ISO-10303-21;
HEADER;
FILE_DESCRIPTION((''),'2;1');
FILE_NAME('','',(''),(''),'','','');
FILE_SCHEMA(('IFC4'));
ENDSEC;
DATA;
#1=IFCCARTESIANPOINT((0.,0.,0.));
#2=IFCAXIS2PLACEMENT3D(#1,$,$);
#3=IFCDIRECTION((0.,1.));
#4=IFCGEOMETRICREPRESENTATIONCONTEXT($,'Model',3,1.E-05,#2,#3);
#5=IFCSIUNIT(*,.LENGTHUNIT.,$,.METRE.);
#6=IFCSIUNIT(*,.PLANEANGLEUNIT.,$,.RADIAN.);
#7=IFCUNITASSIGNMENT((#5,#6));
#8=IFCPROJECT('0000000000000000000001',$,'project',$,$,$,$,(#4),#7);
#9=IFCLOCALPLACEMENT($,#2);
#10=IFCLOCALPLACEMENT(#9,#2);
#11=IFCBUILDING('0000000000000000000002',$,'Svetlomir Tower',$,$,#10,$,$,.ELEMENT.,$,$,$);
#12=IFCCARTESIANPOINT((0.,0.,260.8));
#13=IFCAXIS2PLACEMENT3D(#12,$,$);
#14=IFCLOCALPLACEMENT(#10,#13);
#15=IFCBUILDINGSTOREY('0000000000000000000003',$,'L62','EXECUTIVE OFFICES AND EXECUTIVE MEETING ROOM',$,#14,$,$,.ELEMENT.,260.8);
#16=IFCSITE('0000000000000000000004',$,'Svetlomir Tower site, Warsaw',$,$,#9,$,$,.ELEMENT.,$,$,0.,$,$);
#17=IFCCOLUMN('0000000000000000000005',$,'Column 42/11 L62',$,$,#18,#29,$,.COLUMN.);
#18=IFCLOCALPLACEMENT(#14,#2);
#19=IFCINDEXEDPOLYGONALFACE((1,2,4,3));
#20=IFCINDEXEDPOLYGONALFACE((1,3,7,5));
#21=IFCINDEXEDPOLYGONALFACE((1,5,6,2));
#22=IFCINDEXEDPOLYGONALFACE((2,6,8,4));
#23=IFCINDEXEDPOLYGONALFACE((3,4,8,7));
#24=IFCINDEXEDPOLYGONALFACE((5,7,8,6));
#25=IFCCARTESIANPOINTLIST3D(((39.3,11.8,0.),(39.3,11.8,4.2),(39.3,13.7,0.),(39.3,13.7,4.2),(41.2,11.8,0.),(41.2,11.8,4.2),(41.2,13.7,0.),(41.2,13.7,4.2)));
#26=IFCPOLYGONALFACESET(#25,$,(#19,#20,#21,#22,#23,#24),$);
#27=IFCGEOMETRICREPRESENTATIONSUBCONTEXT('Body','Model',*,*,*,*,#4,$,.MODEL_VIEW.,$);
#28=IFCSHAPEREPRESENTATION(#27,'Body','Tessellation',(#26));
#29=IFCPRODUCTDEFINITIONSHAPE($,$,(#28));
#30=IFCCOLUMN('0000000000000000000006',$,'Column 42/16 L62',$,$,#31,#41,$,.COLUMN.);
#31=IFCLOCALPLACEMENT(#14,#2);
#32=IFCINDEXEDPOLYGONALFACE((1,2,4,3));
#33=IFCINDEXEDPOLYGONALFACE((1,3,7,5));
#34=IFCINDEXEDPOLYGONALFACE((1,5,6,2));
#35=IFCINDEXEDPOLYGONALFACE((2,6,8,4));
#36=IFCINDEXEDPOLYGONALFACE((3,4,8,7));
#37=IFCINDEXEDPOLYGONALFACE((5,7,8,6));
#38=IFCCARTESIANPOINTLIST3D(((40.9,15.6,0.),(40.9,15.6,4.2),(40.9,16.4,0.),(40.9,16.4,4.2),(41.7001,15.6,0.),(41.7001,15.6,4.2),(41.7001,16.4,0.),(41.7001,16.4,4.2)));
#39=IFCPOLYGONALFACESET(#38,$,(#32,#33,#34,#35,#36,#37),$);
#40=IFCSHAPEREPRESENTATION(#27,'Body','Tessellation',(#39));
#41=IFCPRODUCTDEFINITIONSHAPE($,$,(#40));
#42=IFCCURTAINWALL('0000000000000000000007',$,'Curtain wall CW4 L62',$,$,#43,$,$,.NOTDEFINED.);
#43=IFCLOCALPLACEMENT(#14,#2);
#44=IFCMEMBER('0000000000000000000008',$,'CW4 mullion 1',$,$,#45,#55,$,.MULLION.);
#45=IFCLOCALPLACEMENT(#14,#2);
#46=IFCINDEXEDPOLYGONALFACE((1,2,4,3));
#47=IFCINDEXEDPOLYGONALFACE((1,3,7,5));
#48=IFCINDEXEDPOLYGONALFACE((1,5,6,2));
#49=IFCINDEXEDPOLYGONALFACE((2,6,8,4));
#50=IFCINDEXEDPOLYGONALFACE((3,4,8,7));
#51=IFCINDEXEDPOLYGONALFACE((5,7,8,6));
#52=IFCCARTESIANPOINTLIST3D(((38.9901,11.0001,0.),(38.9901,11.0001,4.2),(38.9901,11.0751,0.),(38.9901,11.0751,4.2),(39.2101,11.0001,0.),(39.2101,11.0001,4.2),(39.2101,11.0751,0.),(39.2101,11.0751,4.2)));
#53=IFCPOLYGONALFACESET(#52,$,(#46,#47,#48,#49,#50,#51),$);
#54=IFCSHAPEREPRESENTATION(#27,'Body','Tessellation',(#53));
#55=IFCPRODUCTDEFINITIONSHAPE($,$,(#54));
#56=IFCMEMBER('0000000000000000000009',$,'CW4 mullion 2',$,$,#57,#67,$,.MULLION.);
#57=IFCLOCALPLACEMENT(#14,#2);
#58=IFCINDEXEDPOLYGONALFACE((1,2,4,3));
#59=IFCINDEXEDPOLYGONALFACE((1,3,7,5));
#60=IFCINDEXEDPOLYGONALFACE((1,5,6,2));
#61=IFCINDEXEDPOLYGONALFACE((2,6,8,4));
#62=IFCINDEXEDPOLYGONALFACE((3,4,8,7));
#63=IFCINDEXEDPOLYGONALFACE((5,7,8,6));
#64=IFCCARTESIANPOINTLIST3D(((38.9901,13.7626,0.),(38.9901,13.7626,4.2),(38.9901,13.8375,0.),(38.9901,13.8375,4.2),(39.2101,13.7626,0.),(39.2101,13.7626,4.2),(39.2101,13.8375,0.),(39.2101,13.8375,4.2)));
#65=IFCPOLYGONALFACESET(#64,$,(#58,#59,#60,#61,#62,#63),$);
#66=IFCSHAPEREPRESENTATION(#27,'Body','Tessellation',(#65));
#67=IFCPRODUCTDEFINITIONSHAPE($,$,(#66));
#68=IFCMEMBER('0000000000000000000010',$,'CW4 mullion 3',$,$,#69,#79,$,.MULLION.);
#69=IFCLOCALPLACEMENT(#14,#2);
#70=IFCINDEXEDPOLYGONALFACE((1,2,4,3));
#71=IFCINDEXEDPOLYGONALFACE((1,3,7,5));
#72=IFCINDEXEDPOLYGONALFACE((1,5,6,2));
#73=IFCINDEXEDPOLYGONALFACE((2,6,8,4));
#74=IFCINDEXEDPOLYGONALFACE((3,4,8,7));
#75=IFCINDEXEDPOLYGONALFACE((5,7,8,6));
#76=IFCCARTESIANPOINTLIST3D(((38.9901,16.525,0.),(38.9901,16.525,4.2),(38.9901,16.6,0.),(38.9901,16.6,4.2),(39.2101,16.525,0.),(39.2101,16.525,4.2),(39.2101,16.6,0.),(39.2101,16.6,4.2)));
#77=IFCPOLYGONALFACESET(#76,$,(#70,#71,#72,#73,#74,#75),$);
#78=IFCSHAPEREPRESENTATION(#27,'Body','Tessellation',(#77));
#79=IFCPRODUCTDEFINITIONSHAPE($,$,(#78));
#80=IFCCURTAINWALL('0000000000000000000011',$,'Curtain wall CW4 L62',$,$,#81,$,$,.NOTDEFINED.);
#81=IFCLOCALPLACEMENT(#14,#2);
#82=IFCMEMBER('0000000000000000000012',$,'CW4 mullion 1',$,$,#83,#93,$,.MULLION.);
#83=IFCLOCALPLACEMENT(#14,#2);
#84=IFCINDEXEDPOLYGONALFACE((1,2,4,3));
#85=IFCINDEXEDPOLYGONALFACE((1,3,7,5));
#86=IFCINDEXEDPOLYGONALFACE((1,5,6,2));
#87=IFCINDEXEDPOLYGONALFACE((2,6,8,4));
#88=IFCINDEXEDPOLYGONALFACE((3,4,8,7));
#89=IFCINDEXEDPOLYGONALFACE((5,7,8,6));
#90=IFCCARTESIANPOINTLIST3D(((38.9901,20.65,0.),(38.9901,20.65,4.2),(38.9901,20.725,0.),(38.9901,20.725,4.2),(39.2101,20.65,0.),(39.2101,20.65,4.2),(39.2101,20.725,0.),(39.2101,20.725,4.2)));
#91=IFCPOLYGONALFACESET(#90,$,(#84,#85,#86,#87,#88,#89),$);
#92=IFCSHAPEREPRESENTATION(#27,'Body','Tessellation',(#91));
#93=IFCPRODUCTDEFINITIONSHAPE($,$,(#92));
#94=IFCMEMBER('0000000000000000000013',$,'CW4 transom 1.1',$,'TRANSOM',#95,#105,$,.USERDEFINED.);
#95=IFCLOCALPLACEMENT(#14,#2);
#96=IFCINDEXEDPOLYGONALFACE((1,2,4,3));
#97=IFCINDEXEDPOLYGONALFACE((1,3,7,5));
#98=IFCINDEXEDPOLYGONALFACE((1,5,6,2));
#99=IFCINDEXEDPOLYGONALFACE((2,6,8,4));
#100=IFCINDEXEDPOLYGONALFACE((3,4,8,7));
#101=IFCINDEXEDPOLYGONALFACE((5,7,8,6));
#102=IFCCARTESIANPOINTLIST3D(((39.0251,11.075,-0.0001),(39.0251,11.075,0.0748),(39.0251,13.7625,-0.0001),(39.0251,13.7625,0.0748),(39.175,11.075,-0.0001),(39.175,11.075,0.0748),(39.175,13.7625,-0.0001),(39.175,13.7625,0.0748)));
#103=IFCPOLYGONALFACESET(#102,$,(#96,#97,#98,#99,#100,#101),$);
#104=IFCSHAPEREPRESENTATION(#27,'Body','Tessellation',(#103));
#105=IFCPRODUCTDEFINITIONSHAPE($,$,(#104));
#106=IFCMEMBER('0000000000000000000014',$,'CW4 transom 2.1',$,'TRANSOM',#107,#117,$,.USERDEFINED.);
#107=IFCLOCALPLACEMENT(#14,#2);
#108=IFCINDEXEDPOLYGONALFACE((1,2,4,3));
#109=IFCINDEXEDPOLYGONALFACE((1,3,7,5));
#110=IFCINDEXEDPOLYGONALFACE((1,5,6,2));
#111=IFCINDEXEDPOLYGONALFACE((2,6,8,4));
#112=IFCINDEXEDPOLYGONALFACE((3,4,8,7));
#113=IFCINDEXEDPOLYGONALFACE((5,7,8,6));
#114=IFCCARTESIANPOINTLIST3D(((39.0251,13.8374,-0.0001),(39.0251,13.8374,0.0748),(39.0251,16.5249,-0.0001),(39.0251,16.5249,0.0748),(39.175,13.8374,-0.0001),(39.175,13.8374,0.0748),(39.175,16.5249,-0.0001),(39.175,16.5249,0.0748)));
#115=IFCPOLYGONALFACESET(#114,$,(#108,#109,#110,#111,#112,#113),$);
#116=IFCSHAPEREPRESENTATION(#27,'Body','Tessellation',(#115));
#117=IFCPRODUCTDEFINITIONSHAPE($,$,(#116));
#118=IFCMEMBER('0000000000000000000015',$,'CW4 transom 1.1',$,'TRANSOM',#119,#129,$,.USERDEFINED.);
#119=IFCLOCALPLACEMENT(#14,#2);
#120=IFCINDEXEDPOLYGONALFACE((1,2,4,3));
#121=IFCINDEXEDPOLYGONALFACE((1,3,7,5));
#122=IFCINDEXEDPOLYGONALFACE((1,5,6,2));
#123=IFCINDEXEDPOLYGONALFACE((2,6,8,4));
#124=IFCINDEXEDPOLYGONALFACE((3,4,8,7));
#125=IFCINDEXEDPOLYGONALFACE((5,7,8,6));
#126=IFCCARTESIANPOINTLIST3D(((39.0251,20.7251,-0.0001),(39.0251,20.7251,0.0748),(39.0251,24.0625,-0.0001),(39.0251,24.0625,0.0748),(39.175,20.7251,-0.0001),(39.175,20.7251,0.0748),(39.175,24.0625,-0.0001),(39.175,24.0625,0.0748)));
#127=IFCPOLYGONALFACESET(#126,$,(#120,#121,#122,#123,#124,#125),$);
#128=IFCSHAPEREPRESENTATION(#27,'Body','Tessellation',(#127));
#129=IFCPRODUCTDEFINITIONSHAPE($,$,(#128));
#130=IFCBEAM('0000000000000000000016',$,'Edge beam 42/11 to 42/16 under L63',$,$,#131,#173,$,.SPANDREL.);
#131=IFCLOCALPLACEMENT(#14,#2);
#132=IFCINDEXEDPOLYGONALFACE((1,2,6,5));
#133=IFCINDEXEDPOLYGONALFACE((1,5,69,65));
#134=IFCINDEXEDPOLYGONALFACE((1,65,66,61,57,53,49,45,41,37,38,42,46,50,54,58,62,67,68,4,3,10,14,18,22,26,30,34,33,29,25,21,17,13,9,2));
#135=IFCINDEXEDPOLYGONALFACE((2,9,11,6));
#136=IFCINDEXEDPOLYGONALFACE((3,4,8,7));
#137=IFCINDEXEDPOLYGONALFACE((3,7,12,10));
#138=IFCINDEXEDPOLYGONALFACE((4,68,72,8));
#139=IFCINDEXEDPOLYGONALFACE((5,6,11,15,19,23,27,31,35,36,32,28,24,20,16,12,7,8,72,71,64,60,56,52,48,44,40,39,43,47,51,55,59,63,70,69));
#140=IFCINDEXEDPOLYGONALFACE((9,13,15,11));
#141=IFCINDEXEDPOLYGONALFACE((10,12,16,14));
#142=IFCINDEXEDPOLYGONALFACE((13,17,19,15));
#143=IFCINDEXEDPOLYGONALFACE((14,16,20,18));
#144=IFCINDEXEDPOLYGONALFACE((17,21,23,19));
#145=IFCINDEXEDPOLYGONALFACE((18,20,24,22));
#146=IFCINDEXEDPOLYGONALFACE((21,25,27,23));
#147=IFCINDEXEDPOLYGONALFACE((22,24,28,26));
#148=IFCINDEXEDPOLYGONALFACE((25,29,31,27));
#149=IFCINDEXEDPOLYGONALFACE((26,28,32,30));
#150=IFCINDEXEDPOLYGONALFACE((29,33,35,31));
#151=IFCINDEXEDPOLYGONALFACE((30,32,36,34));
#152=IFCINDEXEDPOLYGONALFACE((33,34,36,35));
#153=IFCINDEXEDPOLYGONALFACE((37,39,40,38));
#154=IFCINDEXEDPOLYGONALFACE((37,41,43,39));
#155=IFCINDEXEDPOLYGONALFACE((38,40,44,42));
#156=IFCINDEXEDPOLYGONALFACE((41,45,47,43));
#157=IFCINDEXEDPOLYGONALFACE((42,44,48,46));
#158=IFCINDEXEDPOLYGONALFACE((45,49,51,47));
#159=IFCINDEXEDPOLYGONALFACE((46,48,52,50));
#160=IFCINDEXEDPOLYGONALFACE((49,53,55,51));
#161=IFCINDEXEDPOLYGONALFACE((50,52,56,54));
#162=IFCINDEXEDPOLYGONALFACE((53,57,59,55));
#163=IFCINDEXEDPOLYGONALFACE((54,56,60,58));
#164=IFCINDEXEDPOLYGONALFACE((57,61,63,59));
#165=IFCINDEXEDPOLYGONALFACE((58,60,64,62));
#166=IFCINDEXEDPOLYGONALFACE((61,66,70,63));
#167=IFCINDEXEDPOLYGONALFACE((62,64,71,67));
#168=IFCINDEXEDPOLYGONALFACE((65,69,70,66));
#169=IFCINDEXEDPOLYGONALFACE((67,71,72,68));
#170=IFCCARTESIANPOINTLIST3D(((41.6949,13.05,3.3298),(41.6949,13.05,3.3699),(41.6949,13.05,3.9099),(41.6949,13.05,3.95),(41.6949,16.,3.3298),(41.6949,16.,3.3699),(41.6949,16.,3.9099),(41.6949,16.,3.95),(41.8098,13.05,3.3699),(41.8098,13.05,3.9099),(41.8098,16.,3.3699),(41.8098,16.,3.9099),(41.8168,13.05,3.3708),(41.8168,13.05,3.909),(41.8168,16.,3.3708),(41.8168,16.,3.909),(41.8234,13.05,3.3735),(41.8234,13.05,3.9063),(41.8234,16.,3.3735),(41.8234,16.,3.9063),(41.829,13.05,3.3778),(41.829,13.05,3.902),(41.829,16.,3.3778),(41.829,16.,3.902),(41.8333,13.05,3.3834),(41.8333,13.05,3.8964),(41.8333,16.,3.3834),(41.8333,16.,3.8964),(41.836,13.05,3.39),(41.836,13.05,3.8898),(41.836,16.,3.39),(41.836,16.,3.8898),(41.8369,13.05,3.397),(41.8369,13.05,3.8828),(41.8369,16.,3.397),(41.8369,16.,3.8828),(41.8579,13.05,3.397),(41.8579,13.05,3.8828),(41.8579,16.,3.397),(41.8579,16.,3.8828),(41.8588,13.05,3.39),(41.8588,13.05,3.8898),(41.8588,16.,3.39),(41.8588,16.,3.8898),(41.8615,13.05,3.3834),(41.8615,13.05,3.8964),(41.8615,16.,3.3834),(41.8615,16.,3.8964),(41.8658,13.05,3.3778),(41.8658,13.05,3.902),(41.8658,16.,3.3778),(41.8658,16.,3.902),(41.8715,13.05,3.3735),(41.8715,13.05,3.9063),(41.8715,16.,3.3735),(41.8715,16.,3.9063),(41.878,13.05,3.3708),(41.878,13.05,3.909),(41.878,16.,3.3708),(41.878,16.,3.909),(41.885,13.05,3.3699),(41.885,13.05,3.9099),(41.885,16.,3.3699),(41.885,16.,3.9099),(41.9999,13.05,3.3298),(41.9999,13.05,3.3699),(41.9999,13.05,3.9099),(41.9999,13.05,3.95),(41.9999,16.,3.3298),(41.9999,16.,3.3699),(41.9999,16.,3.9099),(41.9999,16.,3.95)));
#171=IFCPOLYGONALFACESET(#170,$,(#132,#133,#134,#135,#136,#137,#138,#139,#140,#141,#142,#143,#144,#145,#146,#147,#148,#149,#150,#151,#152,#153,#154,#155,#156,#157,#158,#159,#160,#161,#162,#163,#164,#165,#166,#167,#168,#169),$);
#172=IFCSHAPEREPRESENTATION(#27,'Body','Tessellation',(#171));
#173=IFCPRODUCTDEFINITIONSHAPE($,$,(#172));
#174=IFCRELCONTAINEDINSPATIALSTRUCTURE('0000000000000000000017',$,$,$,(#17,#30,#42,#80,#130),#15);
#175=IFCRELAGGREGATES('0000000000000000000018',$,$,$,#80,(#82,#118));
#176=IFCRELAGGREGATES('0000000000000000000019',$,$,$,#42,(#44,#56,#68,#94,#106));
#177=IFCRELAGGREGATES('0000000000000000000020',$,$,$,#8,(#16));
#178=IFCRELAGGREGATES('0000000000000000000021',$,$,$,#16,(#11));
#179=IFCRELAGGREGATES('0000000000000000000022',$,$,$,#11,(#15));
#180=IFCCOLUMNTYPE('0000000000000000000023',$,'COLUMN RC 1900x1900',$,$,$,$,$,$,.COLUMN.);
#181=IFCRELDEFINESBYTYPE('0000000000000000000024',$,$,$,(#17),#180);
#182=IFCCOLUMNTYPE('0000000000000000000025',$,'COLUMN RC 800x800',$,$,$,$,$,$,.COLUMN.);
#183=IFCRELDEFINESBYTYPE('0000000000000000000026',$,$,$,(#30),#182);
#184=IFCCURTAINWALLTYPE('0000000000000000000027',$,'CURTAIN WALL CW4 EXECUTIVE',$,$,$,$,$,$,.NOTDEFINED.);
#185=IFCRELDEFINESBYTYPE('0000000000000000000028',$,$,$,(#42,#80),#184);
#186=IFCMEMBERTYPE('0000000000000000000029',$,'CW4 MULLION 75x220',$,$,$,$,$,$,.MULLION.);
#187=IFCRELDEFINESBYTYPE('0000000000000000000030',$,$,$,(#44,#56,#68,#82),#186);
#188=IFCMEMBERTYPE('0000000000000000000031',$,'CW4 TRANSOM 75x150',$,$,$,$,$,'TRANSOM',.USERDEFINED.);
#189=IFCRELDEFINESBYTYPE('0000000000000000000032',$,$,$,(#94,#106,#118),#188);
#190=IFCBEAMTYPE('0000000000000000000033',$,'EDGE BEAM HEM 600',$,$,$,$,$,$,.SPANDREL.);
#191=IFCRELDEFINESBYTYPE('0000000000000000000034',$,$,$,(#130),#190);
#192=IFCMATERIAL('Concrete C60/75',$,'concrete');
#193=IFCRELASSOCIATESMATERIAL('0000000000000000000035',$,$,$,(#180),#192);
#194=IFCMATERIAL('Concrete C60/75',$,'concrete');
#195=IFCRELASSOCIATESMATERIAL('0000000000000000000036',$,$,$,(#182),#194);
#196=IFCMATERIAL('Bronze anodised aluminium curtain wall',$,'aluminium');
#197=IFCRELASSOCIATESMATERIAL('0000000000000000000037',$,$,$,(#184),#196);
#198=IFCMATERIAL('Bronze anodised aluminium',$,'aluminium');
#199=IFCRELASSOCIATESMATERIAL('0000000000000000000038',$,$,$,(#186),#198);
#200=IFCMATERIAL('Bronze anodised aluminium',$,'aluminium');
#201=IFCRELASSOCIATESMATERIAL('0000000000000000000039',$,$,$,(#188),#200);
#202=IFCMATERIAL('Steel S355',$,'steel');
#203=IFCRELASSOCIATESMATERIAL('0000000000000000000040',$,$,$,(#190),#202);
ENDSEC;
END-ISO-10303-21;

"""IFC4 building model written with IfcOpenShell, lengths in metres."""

from ifc_helpers import new_model, si_unit, direction, frame, origin, origin_2d, place, context, subcontext, project, spatial, rectangle, i_section, extrude, material, material_profile, profile_set, type_object, element, aggregate, save


model = new_model("IFC4")

# Units and contexts
model_context = context("Model", 3, precision=1e-05, world=origin(), true_north=direction((0.0, 1.0)))
body_context = subcontext(model_context, "Body", "Model", "MODEL_VIEW")
ifc_project = project(units=[si_unit("LENGTHUNIT", "METRE"), si_unit("PLANEANGLEUNIT", "RADIAN")], contexts=[model_context])

# Site, building, storey
site_placement = place(None, origin())
site = spatial("IfcSite", under=ifc_project, at=site_placement, Name="Svetlomir Tower site, Warsaw", CompositionType="ELEMENT", RefElevation=0.0)
building_placement = place(site_placement, origin())
building = spatial("IfcBuilding", under=site, at=building_placement, Name="Svetlomir Tower", CompositionType="ELEMENT")
storey_placement = place(building_placement, frame((0.0, 0.0, 260.8)))
storey = spatial("IfcBuildingStorey", under=building, at=storey_placement, Name="L62", Description="EXECUTIVE OFFICES AND EXECUTIVE MEETING ROOM", CompositionType="ELEMENT", Elevation=260.8)

# Columns
ifc_material_1 = material(Name="Concrete C60/75", Category="concrete")
ifc_material_profile_1 = material_profile(ifc_material_1, rectangle(XDim=1.8999, YDim=1.8999, at=origin_2d()), Name="RC 1900x1900")
ifc_profile_set_1 = profile_set([ifc_material_profile_1], Name="Concrete C60/75")
column_type_1 = type_object("IfcColumnType", Name="COLUMN RC 1900x1900", PredefinedType="COLUMN", material=ifc_profile_set_1)
column_1_placement = place(storey_placement, frame((40.25, 12.75, 0.0), z_axis=(0.0, 0.0, 1.0), x_axis=(1.0, 0.0, 0.0)))
element("IfcColumn", 1, at=column_1_placement, inside=storey, type_object=column_type_1, Name="Column 42/11 L62", PredefinedType="COLUMN", context=body_context, shape_type="SweptSolid", body=[
    extrude(rectangle(XDim=1.8999, YDim=1.8999, at=origin_2d()), origin(), (0.0, 0.0, 1.0), 4.2),
])
ifc_material_2 = material(Name="Concrete C60/75", Category="concrete")
ifc_material_profile_2 = material_profile(ifc_material_2, rectangle(XDim=0.8, YDim=0.8, at=origin_2d()), Name="RC 800x800")
ifc_profile_set_2 = profile_set([ifc_material_profile_2], Name="Concrete C60/75")
column_type_2 = type_object("IfcColumnType", Name="COLUMN RC 800x800", PredefinedType="COLUMN", material=ifc_profile_set_2)
column_2_placement = place(storey_placement, frame((41.3, 16.0, 0.0), z_axis=(0.0, 0.0, 1.0), x_axis=(1.0, 0.0, 0.0)))
element("IfcColumn", 2, at=column_2_placement, inside=storey, type_object=column_type_2, Name="Column 42/16 L62", PredefinedType="COLUMN", context=body_context, shape_type="SweptSolid", body=[
    extrude(rectangle(XDim=0.8, YDim=0.8, at=origin_2d()), origin(), (0.0, 0.0, 1.0), 4.2),
])

# Curtain wall, members
ifc_material_3 = material(Name="Bronze anodised aluminium curtain wall", Category="aluminium")
curtain_wall_type = type_object("IfcCurtainWallType", Name="CURTAIN WALL CW4 EXECUTIVE", PredefinedType="NOTDEFINED", material=ifc_material_3)
curtain_wall_1_placement = place(storey_placement, origin())
curtain_wall_1 = element("IfcCurtainWall", 3, at=curtain_wall_1_placement, inside=storey, type_object=curtain_wall_type, Name="Curtain wall CW4 L62", PredefinedType="NOTDEFINED")
ifc_material_4 = material(Name="Bronze anodised aluminium", Category="aluminium")
ifc_material_profile_3 = material_profile(ifc_material_4, rectangle(XDim=0.075, YDim=0.22, at=origin_2d()), Name="AL 75x220")
ifc_profile_set_3 = profile_set([ifc_material_profile_3], Name="Bronze anodised aluminium 6063-T6")
member_type_1 = type_object("IfcMemberType", Name="CW4 MULLION 75x220", PredefinedType="MULLION", material=ifc_profile_set_3)
member_1_placement = place(storey_placement, frame((39.1001, 11.0376, 0.0), z_axis=(0.0, 0.0, 1.0), x_axis=(0.0, 1.0, 0.0)))
member_1 = element("IfcMember", 4, at=member_1_placement, type_object=member_type_1, Name="CW4 mullion 1", PredefinedType="MULLION", context=body_context, shape_type="SweptSolid", body=[
    extrude(rectangle(XDim=0.075, YDim=0.22, at=origin_2d()), origin(), (0.0, 0.0, 1.0), 4.2),
])
member_2_placement = place(storey_placement, frame((39.1001, 13.8, 0.0), z_axis=(0.0, 0.0, 1.0), x_axis=(0.0, 1.0, 0.0)))
member_2 = element("IfcMember", 5, at=member_2_placement, type_object=member_type_1, Name="CW4 mullion 2", PredefinedType="MULLION", context=body_context, shape_type="SweptSolid", body=[
    extrude(rectangle(XDim=0.075, YDim=0.22, at=origin_2d()), origin(), (0.0, 0.0, 1.0), 4.2),
])
member_3_placement = place(storey_placement, frame((39.1001, 16.5625, 0.0), z_axis=(0.0, 0.0, 1.0), x_axis=(0.0, 1.0, 0.0)))
member_3 = element("IfcMember", 6, at=member_3_placement, type_object=member_type_1, Name="CW4 mullion 3", PredefinedType="MULLION", context=body_context, shape_type="SweptSolid", body=[
    extrude(rectangle(XDim=0.075, YDim=0.22, at=origin_2d()), origin(), (0.0, 0.0, 1.0), 4.2),
])

# Curtain wall, member
curtain_wall_2_placement = place(storey_placement, origin())
curtain_wall_2 = element("IfcCurtainWall", 7, at=curtain_wall_2_placement, inside=storey, type_object=curtain_wall_type, Name="Curtain wall CW4 L62", PredefinedType="NOTDEFINED")
member_4_placement = place(storey_placement, frame((39.1001, 20.6875, 0.0), z_axis=(0.0, 0.0, 1.0), x_axis=(0.0, 1.0, 0.0)))
member_4 = element("IfcMember", 8, at=member_4_placement, type_object=member_type_1, Name="CW4 mullion 1", PredefinedType="MULLION", context=body_context, shape_type="SweptSolid", body=[
    extrude(rectangle(XDim=0.075, YDim=0.22, at=origin_2d()), origin(), (0.0, 0.0, 1.0), 4.2),
])

# Members
ifc_material_5 = material(Name="Bronze anodised aluminium", Category="aluminium")
ifc_material_profile_4 = material_profile(ifc_material_5, rectangle(XDim=0.1499, YDim=0.075, at=origin_2d()), Name="AL 150x75")
ifc_profile_set_4 = profile_set([ifc_material_profile_4], Name="Bronze anodised aluminium 6063-T6")
member_type_2 = type_object("IfcMemberType", Name="CW4 TRANSOM 75x150", ElementType="TRANSOM", PredefinedType="USERDEFINED", material=ifc_profile_set_4)
member_5_placement = place(storey_placement, frame((39.1001, 11.075, 0.0374), z_axis=(0.0, 1.0, 0.0), x_axis=(-1.0, 0.0, 0.0)))
member_5 = element("IfcMember", 9, at=member_5_placement, type_object=member_type_2, Name="CW4 transom 1.1", ObjectType="TRANSOM", PredefinedType="USERDEFINED", context=body_context, shape_type="SweptSolid", body=[
    extrude(rectangle(XDim=0.1499, YDim=0.075, at=origin_2d()), origin(), (0.0, 0.0, 1.0), 2.6875),
])
member_6_placement = place(storey_placement, frame((39.1001, 13.8374, 0.0374), z_axis=(0.0, 1.0, 0.0), x_axis=(-1.0, 0.0, 0.0)))
member_6 = element("IfcMember", 10, at=member_6_placement, type_object=member_type_2, Name="CW4 transom 2.1", ObjectType="TRANSOM", PredefinedType="USERDEFINED", context=body_context, shape_type="SweptSolid", body=[
    extrude(rectangle(XDim=0.1499, YDim=0.075, at=origin_2d()), origin(), (0.0, 0.0, 1.0), 2.6875),
])
member_7_placement = place(storey_placement, frame((39.1001, 20.7251, 0.0374), z_axis=(0.0, 1.0, 0.0), x_axis=(-1.0, 0.0, 0.0)))
member_7 = element("IfcMember", 11, at=member_7_placement, type_object=member_type_2, Name="CW4 transom 1.1", ObjectType="TRANSOM", PredefinedType="USERDEFINED", context=body_context, shape_type="SweptSolid", body=[
    extrude(rectangle(XDim=0.1499, YDim=0.075, at=origin_2d()), origin(), (0.0, 0.0, 1.0), 3.3374),
])
aggregate(curtain_wall_2, [member_4, member_7])

# Beam
ifc_material_6 = material(Name="Steel S355", Category="steel")
ifc_material_profile_5 = material_profile(ifc_material_6, i_section(OverallWidth=0.3049, OverallDepth=0.6201, WebThickness=0.021, FlangeThickness=0.04, FilletRadius=0.0271, at=origin_2d()), Name="HEM 600")
ifc_profile_set_5 = profile_set([ifc_material_profile_5], Name="Steel S355")
beam_type_1 = type_object("IfcBeamType", Name="EDGE BEAM HEM 600", PredefinedType="SPANDREL", material=ifc_profile_set_5)
beam_1_placement = place(storey_placement, frame((41.8474, 13.05, 3.6399), z_axis=(0.0, 1.0, 0.0), x_axis=(-1.0, 0.0, 0.0)))
element("IfcBeam", 12, at=beam_1_placement, inside=storey, type_object=beam_type_1, Name="Edge beam 42/11 to 42/16 under L63", PredefinedType="SPANDREL", context=body_context, shape_type="SweptSolid", body=[
    extrude(i_section(OverallWidth=0.3049, OverallDepth=0.6201, WebThickness=0.021, FlangeThickness=0.04, FilletRadius=0.0271, at=origin_2d()), origin(), (0.0, 0.0, 1.0), 2.95),
])

aggregate(curtain_wall_1, [member_1, member_2, member_3, member_5, member_6])

save(model, "model.ifc")
